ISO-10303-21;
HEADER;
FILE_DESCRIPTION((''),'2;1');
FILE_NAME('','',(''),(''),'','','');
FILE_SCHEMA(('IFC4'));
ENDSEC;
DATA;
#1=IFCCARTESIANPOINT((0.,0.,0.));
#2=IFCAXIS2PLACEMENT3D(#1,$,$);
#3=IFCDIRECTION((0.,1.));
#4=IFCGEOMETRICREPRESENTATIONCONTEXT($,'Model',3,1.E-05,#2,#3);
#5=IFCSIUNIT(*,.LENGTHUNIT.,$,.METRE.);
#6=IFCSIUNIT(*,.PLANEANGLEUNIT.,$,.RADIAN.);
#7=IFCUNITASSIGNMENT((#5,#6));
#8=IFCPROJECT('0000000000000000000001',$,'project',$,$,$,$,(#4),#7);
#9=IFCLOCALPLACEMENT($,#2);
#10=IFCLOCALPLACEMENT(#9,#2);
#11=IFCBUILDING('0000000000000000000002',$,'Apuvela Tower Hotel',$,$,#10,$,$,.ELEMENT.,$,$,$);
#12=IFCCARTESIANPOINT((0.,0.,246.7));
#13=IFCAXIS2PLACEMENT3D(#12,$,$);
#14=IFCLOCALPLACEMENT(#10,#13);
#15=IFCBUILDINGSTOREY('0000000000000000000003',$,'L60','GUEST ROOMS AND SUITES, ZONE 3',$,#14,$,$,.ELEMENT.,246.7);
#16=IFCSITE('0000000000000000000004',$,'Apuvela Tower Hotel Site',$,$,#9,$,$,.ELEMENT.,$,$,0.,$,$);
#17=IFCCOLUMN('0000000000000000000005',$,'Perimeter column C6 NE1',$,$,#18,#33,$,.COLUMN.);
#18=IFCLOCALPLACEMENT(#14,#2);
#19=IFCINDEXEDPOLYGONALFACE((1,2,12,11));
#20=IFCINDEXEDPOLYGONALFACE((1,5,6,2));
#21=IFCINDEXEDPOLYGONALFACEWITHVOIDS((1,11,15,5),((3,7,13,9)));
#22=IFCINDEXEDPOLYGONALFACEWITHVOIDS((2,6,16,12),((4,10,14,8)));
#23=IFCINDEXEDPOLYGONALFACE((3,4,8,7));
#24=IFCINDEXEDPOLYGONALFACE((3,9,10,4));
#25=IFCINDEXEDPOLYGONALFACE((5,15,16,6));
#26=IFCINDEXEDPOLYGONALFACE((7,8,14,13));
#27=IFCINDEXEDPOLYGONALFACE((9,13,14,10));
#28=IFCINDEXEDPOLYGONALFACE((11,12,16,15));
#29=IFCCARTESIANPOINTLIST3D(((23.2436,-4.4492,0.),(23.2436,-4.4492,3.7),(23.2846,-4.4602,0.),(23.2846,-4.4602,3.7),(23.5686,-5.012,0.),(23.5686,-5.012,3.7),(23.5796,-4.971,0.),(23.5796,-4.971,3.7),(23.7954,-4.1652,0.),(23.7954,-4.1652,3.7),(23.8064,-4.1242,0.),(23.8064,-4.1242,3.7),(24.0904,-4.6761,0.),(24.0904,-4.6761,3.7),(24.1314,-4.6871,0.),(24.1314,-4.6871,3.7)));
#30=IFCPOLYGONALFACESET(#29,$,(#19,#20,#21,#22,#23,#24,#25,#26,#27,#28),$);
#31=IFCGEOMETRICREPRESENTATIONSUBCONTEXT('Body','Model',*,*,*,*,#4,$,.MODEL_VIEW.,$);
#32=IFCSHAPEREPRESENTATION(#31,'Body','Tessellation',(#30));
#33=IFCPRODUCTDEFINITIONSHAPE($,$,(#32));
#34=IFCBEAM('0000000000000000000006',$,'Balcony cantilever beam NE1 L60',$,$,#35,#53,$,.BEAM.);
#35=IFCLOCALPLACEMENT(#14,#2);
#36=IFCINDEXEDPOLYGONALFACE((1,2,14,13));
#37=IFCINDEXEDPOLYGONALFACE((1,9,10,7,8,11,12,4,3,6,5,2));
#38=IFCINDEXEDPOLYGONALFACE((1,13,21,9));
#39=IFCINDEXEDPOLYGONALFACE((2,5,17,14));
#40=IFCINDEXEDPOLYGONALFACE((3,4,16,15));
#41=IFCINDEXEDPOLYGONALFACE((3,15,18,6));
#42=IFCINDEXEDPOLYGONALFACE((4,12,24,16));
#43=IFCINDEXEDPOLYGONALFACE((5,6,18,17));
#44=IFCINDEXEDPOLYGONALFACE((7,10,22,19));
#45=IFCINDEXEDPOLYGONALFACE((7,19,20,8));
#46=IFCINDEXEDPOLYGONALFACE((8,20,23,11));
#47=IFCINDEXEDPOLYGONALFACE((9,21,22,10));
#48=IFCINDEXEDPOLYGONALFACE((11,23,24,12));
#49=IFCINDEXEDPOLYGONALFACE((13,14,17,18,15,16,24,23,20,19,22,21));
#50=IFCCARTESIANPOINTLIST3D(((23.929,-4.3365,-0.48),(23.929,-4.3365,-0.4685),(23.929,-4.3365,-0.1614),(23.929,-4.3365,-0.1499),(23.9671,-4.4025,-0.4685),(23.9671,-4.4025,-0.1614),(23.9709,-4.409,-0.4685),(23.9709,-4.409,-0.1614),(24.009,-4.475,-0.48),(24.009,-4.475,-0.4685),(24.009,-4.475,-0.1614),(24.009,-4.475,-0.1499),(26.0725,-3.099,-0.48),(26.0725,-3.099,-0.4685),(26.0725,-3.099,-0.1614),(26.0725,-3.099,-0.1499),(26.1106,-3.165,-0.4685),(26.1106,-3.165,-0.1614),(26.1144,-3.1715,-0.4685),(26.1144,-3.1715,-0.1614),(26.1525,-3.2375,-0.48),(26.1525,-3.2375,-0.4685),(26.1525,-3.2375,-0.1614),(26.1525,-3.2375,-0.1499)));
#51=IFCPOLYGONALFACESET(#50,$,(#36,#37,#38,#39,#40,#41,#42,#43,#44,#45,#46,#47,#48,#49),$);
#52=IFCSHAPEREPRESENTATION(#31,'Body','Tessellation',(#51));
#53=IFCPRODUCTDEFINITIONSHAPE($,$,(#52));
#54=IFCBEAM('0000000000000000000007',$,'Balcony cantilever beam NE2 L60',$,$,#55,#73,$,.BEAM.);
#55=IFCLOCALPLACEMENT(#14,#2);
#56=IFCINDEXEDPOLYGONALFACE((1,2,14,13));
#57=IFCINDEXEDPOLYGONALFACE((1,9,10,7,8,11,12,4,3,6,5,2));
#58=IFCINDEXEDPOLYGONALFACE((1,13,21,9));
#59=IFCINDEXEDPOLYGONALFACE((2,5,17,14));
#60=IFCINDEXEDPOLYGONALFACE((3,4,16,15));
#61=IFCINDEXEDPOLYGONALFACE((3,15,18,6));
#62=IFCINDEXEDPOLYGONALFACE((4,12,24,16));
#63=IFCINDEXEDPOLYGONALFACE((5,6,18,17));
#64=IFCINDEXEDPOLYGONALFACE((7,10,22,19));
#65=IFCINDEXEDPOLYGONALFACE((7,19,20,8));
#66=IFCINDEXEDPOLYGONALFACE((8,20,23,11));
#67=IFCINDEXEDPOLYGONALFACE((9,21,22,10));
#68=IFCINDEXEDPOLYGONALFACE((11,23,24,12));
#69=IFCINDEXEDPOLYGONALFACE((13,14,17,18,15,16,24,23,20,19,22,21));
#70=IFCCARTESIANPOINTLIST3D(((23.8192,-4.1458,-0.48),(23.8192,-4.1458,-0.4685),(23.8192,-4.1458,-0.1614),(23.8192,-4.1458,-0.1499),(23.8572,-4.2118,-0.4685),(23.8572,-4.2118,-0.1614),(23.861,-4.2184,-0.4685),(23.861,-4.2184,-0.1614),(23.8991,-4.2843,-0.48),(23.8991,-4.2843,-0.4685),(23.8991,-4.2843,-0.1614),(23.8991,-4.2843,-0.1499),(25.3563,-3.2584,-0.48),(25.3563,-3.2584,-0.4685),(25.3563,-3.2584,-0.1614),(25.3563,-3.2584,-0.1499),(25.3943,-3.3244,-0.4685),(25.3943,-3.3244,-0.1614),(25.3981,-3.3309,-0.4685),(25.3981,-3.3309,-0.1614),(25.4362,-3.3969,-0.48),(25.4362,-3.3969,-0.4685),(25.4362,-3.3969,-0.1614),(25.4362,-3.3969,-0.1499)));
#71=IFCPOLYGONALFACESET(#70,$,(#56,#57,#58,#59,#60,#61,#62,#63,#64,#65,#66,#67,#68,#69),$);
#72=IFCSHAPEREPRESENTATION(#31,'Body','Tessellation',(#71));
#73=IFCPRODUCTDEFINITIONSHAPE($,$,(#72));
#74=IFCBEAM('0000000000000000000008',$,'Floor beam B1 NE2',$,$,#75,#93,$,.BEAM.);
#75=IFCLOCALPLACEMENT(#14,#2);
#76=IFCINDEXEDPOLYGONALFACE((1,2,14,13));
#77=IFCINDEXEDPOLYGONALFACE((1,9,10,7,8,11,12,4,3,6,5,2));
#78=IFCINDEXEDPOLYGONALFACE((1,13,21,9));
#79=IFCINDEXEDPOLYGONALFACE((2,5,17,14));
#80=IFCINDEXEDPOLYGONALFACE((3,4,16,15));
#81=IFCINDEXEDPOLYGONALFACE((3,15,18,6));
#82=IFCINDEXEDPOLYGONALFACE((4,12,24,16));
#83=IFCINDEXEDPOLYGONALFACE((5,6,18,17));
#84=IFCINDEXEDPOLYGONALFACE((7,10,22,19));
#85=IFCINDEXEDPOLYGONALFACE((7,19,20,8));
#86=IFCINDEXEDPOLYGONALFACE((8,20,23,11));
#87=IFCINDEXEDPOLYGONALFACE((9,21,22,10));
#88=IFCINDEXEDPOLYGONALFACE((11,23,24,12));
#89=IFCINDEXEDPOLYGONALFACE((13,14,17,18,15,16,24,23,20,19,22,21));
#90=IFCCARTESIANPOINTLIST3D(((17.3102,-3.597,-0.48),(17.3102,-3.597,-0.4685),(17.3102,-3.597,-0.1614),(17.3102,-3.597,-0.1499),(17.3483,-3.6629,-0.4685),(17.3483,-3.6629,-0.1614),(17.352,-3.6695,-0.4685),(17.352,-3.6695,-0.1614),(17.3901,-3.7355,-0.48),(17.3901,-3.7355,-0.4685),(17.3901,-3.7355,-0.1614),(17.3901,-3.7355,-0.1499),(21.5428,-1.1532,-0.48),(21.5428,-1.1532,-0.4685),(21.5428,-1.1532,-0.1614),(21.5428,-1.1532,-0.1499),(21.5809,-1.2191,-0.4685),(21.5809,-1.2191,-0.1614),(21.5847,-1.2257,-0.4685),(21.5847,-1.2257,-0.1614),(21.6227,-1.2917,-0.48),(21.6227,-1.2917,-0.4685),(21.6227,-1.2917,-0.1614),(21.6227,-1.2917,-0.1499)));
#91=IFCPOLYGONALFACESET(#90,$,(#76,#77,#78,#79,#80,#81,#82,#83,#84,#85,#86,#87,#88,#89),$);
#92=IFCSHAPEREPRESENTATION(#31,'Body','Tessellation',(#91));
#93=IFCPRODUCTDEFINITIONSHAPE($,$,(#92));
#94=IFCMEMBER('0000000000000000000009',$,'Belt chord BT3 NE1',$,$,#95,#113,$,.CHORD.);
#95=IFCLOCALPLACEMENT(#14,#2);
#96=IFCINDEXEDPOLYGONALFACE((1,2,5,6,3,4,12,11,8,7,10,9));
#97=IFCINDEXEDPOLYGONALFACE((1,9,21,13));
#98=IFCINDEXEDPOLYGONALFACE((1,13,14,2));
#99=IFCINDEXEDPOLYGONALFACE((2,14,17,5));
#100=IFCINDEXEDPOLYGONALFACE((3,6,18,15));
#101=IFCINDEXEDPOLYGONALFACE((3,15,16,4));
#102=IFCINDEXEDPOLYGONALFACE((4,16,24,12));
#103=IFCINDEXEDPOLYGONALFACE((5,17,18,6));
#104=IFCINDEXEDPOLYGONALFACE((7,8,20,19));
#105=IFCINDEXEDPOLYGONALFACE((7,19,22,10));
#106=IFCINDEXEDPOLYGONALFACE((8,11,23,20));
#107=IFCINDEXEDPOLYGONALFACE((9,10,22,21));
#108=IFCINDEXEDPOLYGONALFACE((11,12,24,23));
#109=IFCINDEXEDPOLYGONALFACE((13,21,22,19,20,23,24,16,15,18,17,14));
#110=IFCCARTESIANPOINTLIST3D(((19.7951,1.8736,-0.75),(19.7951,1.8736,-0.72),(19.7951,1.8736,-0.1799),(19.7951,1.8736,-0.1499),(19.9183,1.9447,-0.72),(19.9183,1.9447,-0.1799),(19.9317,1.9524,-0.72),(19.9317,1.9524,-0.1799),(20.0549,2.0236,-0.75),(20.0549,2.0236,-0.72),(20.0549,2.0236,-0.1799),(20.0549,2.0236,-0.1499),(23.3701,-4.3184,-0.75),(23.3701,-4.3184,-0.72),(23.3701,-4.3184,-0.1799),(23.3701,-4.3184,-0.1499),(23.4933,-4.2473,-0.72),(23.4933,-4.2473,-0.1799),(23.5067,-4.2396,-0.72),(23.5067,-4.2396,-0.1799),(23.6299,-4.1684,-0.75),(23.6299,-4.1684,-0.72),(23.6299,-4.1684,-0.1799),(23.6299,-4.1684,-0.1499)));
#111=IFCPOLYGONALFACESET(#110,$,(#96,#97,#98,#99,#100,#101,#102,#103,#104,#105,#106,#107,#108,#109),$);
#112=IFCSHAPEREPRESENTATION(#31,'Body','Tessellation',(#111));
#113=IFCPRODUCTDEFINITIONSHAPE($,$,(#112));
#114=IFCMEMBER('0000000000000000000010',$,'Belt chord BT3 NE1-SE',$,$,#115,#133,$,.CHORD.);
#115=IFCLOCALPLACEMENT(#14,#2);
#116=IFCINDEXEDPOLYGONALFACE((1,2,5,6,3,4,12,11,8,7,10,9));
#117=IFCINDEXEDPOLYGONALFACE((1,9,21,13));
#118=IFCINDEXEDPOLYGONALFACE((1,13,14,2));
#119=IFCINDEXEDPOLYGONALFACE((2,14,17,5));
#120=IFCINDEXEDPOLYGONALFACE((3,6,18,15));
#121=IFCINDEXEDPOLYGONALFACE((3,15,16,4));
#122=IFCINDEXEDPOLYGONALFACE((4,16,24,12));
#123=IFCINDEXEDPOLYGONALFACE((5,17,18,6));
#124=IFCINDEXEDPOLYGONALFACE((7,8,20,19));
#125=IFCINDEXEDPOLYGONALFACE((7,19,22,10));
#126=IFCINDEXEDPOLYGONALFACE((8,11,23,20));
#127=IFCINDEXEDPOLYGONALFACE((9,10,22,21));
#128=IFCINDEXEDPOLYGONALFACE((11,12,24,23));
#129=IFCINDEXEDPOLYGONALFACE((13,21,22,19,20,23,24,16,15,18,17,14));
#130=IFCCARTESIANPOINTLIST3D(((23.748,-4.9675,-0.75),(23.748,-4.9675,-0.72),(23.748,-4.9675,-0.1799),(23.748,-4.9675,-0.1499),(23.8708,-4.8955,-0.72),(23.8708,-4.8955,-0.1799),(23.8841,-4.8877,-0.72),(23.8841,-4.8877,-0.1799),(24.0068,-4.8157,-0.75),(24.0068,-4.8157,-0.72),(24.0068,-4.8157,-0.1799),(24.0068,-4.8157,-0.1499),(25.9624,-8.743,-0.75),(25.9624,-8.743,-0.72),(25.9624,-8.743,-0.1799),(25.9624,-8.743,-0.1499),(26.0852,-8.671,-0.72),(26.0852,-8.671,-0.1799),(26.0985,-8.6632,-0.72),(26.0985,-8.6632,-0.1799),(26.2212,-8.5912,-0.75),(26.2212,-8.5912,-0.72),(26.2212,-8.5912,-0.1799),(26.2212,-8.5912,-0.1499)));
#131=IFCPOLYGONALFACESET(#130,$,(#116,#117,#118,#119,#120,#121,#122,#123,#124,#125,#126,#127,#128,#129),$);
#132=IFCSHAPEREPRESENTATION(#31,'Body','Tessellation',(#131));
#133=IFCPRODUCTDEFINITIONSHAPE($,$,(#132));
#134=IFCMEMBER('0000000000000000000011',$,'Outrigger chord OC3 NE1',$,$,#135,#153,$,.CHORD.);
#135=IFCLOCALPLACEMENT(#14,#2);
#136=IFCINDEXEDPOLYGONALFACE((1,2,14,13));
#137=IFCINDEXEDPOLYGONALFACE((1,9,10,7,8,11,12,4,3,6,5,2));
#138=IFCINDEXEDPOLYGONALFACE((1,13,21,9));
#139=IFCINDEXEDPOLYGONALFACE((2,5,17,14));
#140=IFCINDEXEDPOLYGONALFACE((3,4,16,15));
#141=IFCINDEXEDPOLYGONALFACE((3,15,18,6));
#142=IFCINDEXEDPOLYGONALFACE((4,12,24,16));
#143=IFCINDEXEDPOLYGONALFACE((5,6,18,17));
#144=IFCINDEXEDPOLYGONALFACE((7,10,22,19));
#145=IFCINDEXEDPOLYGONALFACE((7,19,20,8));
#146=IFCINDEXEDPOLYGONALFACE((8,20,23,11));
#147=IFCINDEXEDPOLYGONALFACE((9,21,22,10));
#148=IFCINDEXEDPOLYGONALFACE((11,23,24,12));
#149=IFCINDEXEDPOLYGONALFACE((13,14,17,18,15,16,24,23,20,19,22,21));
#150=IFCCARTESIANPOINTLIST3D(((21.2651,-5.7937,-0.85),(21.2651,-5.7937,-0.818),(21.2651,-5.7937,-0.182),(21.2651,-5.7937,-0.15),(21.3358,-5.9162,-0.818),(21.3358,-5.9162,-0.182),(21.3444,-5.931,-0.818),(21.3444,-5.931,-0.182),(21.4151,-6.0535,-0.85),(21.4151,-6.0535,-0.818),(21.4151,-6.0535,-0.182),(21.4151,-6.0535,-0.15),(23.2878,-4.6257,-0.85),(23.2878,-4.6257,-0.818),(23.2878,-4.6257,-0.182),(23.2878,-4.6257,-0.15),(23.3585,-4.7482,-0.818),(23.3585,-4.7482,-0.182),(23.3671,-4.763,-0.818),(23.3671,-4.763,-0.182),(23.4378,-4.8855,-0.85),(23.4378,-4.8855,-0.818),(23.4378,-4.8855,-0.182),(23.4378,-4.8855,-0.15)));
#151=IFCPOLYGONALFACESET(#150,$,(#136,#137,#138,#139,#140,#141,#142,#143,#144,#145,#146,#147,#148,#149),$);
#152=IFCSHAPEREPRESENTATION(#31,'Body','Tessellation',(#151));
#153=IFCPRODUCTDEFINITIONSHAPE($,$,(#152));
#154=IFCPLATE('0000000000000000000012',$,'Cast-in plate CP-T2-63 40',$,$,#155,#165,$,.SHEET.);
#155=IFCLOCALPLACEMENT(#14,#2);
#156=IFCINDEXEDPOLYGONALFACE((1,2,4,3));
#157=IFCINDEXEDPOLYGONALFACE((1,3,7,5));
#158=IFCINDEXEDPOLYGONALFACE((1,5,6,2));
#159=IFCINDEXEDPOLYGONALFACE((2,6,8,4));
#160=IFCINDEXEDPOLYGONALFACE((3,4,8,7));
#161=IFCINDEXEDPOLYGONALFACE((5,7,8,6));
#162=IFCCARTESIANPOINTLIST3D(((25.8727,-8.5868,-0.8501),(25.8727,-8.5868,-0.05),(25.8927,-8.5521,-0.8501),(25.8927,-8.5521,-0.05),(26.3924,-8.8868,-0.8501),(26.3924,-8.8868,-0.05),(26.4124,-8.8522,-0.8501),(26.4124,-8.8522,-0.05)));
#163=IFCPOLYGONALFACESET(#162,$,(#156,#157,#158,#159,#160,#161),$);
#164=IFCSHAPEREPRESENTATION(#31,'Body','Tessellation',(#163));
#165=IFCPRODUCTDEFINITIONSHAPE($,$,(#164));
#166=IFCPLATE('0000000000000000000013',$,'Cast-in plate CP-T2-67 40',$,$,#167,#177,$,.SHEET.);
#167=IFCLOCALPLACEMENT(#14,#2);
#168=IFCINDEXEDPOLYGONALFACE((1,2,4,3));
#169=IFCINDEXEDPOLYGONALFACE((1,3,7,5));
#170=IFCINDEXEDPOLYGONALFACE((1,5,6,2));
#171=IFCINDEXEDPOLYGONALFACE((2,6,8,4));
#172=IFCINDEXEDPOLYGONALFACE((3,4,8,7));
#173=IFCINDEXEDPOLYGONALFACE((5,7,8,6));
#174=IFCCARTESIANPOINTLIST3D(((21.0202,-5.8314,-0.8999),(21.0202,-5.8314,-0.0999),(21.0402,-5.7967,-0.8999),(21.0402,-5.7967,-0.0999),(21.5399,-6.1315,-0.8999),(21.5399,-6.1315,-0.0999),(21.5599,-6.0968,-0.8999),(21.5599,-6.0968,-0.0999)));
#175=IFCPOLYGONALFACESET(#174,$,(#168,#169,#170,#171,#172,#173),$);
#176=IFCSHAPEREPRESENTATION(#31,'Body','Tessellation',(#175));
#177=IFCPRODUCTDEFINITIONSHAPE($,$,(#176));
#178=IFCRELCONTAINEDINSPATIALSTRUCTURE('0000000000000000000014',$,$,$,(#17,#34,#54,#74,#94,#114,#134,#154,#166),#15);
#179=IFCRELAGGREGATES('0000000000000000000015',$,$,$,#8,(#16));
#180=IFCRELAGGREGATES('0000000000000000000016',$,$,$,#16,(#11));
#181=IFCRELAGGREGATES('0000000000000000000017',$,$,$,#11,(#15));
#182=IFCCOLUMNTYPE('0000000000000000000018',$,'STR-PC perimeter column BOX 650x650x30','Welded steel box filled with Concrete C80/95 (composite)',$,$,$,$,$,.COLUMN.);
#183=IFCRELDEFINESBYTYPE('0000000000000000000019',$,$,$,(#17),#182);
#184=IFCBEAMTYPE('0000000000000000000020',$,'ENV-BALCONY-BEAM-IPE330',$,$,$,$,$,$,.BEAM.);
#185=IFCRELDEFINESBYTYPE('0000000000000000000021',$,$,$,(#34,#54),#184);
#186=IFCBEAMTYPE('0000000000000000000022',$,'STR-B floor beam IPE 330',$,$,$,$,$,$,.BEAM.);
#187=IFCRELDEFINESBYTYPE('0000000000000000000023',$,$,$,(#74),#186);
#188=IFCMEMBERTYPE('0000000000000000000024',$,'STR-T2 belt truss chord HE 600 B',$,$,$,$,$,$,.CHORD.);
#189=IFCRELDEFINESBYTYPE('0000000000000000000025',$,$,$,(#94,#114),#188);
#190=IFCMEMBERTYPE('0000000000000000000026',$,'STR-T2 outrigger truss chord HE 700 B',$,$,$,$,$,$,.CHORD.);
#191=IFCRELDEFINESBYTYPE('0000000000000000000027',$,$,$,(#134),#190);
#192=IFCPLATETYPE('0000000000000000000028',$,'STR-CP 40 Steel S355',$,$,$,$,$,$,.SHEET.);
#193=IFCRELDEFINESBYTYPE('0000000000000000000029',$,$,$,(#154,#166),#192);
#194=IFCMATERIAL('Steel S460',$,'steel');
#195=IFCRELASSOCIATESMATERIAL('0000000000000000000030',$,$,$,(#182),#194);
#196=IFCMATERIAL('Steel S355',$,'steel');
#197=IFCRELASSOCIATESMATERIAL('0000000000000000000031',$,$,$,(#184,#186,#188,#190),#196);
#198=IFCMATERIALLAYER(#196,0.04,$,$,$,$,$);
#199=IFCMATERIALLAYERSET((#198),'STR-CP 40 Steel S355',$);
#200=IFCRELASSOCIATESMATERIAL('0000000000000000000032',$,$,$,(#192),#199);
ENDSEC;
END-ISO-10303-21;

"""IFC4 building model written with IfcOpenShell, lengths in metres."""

from ifc_helpers import new_model, si_unit, direction, frame, origin, origin_2d, place, context, subcontext, project, spatial, rectangle, hollow_rectangle, i_section, extrude, material, layer, layer_set, material_profile, profile_set, type_object, element, save


model = new_model("IFC4")

# Units and contexts
model_context = context("Model", 3, precision=1e-05, world=origin(), true_north=direction((0.0, 1.0)))
body_context = subcontext(model_context, "Body", "Model", "MODEL_VIEW")
ifc_project = project(units=[si_unit("LENGTHUNIT", "METRE"), si_unit("PLANEANGLEUNIT", "RADIAN")], contexts=[model_context])

# Site, building, storey
site_placement = place(None, origin())
site = spatial("IfcSite", under=ifc_project, at=site_placement, Name="Apuvela Tower Hotel Site", CompositionType="ELEMENT", RefElevation=0.0)
building_placement = place(site_placement, origin())
building = spatial("IfcBuilding", under=site, at=building_placement, Name="Apuvela Tower Hotel", CompositionType="ELEMENT")
storey_placement = place(building_placement, frame((0.0, 0.0, 246.7)))
storey = spatial("IfcBuildingStorey", under=building, at=storey_placement, Name="L60", Description="GUEST ROOMS AND SUITES, ZONE 3", CompositionType="ELEMENT", Elevation=246.7)

# Column
ifc_material_1 = material(Name="Steel S460", Category="steel")
ifc_material_profile_1 = material_profile(ifc_material_1, hollow_rectangle(XDim=0.6499, YDim=0.6499, WallThickness=0.03, at=origin_2d()), Name="BOX 650x650x30")
ifc_material_2 = material(Name="Concrete C80/95", Category="concrete")
ifc_material_profile_2 = material_profile(ifc_material_2, rectangle(XDim=0.5901, YDim=0.5901, at=origin_2d()), Name="Concrete C80/95 infill")
ifc_profile_set_1 = profile_set([ifc_material_profile_1, ifc_material_profile_2], Name="Steel S460")
column_type = type_object("IfcColumnType", Name="STR-PC perimeter column BOX 650x650x30", Description="Welded steel box filled with Concrete C80/95 (composite)", PredefinedType="COLUMN", material=ifc_profile_set_1)
column_placement = place(storey_placement, frame((23.6875, -4.5681, 0.0), z_axis=(0.0, 0.0, 1.0), x_axis=(-0.5, 0.866025, 0.0)))
element("IfcColumn", 1, at=column_placement, inside=storey, type_object=column_type, Name="Perimeter column C6 NE1", PredefinedType="COLUMN", context=body_context, shape_type="SweptSolid", body=[
    extrude(hollow_rectangle(XDim=0.6499, YDim=0.6499, WallThickness=0.03, at=origin_2d()), origin(), (0.0, 0.0, 1.0), 3.7),
])

# Beams
ifc_material_3 = material(Name="Steel S355", Category="steel")
ifc_material_profile_3 = material_profile(ifc_material_3, i_section(OverallWidth=0.1599, OverallDepth=0.3301, WebThickness=0.0076, FlangeThickness=0.0115, at=origin_2d()), Name="IPE 330")
ifc_profile_set_2 = profile_set([ifc_material_profile_3], Name="Steel S355")
beam_type_1 = type_object("IfcBeamType", Name="ENV-BALCONY-BEAM-IPE330", PredefinedType="BEAM", material=ifc_profile_set_2)
beam_1_placement = place(storey_placement, frame((23.969, -4.4058, -0.3149), z_axis=(0.866031, 0.49999, 0.0), x_axis=(-0.49999, 0.866031, 0.0)))
element("IfcBeam", 2, at=beam_1_placement, inside=storey, type_object=beam_type_1, Name="Balcony cantilever beam NE1 L60", PredefinedType="BEAM", context=body_context, shape_type="SweptSolid", body=[
    extrude(i_section(OverallWidth=0.1599, OverallDepth=0.3301, WebThickness=0.0076, FlangeThickness=0.0115, at=origin_2d()), origin(), (0.0, 0.0, 1.0), 2.4751),
])
beam_2_placement = place(storey_placement, frame((23.8591, -4.2151, -0.3149), z_axis=(0.866025, 0.5, 0.0), x_axis=(-0.5, 0.866025, 0.0)))
element("IfcBeam", 3, at=beam_2_placement, inside=storey, type_object=beam_type_1, Name="Balcony cantilever beam NE2 L60", PredefinedType="BEAM", context=body_context, shape_type="SweptSolid", body=[
    extrude(i_section(OverallWidth=0.1599, OverallDepth=0.3301, WebThickness=0.0076, FlangeThickness=0.0115, at=origin_2d()), origin(), (0.0, 0.0, 1.0), 1.7749),
])
ifc_material_profile_4 = material_profile(ifc_material_3, i_section(OverallWidth=0.1599, OverallDepth=0.3301, WebThickness=0.0076, FlangeThickness=0.0115, at=origin_2d()), Name="IPE 330")
ifc_profile_set_3 = profile_set([ifc_material_profile_4], Name="Steel S355")
beam_type_2 = type_object("IfcBeamType", Name="STR-B floor beam IPE 330", PredefinedType="BEAM", material=ifc_profile_set_3)
beam_3_placement = place(storey_placement, frame((21.5828, -1.2224, -0.3149), z_axis=(-0.866015, -0.500018, 0.0), x_axis=(0.500018, -0.866015, 0.0)))
element("IfcBeam", 4, at=beam_3_placement, inside=storey, type_object=beam_type_2, Name="Floor beam B1 NE2", PredefinedType="BEAM", context=body_context, shape_type="SweptSolid", body=[
    extrude(i_section(OverallWidth=0.1599, OverallDepth=0.3301, WebThickness=0.0076, FlangeThickness=0.0115, at=origin_2d()), origin(), (0.0, 0.0, 1.0), 4.8875),
])

# Members
ifc_material_profile_5 = material_profile(ifc_material_3, i_section(OverallWidth=0.3, OverallDepth=0.6001, WebThickness=0.0154, FlangeThickness=0.03, at=origin_2d()), Name="HE 600 B")
ifc_profile_set_4 = profile_set([ifc_material_profile_5], Name="Steel S355")
member_type_1 = type_object("IfcMemberType", Name="STR-T2 belt truss chord HE 600 B", PredefinedType="CHORD", material=ifc_profile_set_4)
member_1_placement = place(storey_placement, frame((23.5, -4.2434, -0.45), z_axis=(-0.500006, 0.866022, 0.0), x_axis=(-0.866022, -0.500006, 0.0)))
element("IfcMember", 5, at=member_1_placement, inside=storey, type_object=member_type_1, Name="Belt chord BT3 NE1", PredefinedType="CHORD", context=body_context, shape_type="SweptSolid", body=[
    extrude(i_section(OverallWidth=0.3, OverallDepth=0.6001, WebThickness=0.0154, FlangeThickness=0.03, at=origin_2d()), origin(), (0.0, 0.0, 1.0), 7.1499),
])
member_2_placement = place(storey_placement, frame((23.8774, -4.8916, -0.45), z_axis=(0.505923, -0.862579, 0.0), x_axis=(0.862579, 0.505923, 0.0)))
element("IfcMember", 6, at=member_2_placement, inside=storey, type_object=member_type_1, Name="Belt chord BT3 NE1-SE", PredefinedType="CHORD", context=body_context, shape_type="SweptSolid", body=[
    extrude(i_section(OverallWidth=0.3, OverallDepth=0.6001, WebThickness=0.0154, FlangeThickness=0.03, at=origin_2d()), origin(), (0.0, 0.0, 1.0), 4.377),
])
ifc_material_profile_6 = material_profile(ifc_material_3, i_section(OverallWidth=0.3, OverallDepth=0.7, WebThickness=0.0171, FlangeThickness=0.032, at=origin_2d()), Name="HE 700 B")
ifc_profile_set_5 = profile_set([ifc_material_profile_6], Name="Steel S355")
member_type_2 = type_object("IfcMemberType", Name="STR-T2 outrigger truss chord HE 700 B", PredefinedType="CHORD", material=ifc_profile_set_5)
member_3_placement = place(storey_placement, frame((23.3628, -4.7556, -0.5), z_axis=(-0.865996, -0.500051, 0.0), x_axis=(0.500051, -0.865996, 0.0)))
element("IfcMember", 7, at=member_3_placement, inside=storey, type_object=member_type_2, Name="Outrigger chord OC3 NE1", PredefinedType="CHORD", context=body_context, shape_type="SweptSolid", body=[
    extrude(i_section(OverallWidth=0.3, OverallDepth=0.7, WebThickness=0.0171, FlangeThickness=0.032, at=origin_2d()), origin(), (0.0, 0.0, 1.0), 2.3357),
])

# Plates
ifc_layer_1 = layer(ifc_material_3, 0.04)
ifc_layer_set_1 = layer_set([ifc_layer_1], Name="STR-CP 40 Steel S355")
plate_type = type_object("IfcPlateType", Name="STR-CP 40 Steel S355", PredefinedType="SHEET", material=ifc_layer_set_1)
for number, where, z_axis, x_axis, name in (
    (8, (26.1426, -8.7195, -0.8501), (0.0, 0.0, 1.0), (0.5, 0.866025, 0.0), "Cast-in plate CP-T2-63 40"),
    (9, (21.29, -5.9641, -0.8999), (0.0, 0.0, 1.0), (-0.5, -0.866025, 0.0), "Cast-in plate CP-T2-67 40"),
):
    element("IfcPlate", number, at=place(storey_placement, frame(where, z_axis=z_axis, x_axis=x_axis)), inside=storey, type_object=plate_type, Name=name, PredefinedType="SHEET", context=body_context, shape_type="SweptSolid", body=[
        extrude(rectangle(XDim=0.04, YDim=0.6001, at=origin_2d()), origin(), (0.0, 0.0, 1.0), 0.8),
    ])

save(model, "model.ifc")
